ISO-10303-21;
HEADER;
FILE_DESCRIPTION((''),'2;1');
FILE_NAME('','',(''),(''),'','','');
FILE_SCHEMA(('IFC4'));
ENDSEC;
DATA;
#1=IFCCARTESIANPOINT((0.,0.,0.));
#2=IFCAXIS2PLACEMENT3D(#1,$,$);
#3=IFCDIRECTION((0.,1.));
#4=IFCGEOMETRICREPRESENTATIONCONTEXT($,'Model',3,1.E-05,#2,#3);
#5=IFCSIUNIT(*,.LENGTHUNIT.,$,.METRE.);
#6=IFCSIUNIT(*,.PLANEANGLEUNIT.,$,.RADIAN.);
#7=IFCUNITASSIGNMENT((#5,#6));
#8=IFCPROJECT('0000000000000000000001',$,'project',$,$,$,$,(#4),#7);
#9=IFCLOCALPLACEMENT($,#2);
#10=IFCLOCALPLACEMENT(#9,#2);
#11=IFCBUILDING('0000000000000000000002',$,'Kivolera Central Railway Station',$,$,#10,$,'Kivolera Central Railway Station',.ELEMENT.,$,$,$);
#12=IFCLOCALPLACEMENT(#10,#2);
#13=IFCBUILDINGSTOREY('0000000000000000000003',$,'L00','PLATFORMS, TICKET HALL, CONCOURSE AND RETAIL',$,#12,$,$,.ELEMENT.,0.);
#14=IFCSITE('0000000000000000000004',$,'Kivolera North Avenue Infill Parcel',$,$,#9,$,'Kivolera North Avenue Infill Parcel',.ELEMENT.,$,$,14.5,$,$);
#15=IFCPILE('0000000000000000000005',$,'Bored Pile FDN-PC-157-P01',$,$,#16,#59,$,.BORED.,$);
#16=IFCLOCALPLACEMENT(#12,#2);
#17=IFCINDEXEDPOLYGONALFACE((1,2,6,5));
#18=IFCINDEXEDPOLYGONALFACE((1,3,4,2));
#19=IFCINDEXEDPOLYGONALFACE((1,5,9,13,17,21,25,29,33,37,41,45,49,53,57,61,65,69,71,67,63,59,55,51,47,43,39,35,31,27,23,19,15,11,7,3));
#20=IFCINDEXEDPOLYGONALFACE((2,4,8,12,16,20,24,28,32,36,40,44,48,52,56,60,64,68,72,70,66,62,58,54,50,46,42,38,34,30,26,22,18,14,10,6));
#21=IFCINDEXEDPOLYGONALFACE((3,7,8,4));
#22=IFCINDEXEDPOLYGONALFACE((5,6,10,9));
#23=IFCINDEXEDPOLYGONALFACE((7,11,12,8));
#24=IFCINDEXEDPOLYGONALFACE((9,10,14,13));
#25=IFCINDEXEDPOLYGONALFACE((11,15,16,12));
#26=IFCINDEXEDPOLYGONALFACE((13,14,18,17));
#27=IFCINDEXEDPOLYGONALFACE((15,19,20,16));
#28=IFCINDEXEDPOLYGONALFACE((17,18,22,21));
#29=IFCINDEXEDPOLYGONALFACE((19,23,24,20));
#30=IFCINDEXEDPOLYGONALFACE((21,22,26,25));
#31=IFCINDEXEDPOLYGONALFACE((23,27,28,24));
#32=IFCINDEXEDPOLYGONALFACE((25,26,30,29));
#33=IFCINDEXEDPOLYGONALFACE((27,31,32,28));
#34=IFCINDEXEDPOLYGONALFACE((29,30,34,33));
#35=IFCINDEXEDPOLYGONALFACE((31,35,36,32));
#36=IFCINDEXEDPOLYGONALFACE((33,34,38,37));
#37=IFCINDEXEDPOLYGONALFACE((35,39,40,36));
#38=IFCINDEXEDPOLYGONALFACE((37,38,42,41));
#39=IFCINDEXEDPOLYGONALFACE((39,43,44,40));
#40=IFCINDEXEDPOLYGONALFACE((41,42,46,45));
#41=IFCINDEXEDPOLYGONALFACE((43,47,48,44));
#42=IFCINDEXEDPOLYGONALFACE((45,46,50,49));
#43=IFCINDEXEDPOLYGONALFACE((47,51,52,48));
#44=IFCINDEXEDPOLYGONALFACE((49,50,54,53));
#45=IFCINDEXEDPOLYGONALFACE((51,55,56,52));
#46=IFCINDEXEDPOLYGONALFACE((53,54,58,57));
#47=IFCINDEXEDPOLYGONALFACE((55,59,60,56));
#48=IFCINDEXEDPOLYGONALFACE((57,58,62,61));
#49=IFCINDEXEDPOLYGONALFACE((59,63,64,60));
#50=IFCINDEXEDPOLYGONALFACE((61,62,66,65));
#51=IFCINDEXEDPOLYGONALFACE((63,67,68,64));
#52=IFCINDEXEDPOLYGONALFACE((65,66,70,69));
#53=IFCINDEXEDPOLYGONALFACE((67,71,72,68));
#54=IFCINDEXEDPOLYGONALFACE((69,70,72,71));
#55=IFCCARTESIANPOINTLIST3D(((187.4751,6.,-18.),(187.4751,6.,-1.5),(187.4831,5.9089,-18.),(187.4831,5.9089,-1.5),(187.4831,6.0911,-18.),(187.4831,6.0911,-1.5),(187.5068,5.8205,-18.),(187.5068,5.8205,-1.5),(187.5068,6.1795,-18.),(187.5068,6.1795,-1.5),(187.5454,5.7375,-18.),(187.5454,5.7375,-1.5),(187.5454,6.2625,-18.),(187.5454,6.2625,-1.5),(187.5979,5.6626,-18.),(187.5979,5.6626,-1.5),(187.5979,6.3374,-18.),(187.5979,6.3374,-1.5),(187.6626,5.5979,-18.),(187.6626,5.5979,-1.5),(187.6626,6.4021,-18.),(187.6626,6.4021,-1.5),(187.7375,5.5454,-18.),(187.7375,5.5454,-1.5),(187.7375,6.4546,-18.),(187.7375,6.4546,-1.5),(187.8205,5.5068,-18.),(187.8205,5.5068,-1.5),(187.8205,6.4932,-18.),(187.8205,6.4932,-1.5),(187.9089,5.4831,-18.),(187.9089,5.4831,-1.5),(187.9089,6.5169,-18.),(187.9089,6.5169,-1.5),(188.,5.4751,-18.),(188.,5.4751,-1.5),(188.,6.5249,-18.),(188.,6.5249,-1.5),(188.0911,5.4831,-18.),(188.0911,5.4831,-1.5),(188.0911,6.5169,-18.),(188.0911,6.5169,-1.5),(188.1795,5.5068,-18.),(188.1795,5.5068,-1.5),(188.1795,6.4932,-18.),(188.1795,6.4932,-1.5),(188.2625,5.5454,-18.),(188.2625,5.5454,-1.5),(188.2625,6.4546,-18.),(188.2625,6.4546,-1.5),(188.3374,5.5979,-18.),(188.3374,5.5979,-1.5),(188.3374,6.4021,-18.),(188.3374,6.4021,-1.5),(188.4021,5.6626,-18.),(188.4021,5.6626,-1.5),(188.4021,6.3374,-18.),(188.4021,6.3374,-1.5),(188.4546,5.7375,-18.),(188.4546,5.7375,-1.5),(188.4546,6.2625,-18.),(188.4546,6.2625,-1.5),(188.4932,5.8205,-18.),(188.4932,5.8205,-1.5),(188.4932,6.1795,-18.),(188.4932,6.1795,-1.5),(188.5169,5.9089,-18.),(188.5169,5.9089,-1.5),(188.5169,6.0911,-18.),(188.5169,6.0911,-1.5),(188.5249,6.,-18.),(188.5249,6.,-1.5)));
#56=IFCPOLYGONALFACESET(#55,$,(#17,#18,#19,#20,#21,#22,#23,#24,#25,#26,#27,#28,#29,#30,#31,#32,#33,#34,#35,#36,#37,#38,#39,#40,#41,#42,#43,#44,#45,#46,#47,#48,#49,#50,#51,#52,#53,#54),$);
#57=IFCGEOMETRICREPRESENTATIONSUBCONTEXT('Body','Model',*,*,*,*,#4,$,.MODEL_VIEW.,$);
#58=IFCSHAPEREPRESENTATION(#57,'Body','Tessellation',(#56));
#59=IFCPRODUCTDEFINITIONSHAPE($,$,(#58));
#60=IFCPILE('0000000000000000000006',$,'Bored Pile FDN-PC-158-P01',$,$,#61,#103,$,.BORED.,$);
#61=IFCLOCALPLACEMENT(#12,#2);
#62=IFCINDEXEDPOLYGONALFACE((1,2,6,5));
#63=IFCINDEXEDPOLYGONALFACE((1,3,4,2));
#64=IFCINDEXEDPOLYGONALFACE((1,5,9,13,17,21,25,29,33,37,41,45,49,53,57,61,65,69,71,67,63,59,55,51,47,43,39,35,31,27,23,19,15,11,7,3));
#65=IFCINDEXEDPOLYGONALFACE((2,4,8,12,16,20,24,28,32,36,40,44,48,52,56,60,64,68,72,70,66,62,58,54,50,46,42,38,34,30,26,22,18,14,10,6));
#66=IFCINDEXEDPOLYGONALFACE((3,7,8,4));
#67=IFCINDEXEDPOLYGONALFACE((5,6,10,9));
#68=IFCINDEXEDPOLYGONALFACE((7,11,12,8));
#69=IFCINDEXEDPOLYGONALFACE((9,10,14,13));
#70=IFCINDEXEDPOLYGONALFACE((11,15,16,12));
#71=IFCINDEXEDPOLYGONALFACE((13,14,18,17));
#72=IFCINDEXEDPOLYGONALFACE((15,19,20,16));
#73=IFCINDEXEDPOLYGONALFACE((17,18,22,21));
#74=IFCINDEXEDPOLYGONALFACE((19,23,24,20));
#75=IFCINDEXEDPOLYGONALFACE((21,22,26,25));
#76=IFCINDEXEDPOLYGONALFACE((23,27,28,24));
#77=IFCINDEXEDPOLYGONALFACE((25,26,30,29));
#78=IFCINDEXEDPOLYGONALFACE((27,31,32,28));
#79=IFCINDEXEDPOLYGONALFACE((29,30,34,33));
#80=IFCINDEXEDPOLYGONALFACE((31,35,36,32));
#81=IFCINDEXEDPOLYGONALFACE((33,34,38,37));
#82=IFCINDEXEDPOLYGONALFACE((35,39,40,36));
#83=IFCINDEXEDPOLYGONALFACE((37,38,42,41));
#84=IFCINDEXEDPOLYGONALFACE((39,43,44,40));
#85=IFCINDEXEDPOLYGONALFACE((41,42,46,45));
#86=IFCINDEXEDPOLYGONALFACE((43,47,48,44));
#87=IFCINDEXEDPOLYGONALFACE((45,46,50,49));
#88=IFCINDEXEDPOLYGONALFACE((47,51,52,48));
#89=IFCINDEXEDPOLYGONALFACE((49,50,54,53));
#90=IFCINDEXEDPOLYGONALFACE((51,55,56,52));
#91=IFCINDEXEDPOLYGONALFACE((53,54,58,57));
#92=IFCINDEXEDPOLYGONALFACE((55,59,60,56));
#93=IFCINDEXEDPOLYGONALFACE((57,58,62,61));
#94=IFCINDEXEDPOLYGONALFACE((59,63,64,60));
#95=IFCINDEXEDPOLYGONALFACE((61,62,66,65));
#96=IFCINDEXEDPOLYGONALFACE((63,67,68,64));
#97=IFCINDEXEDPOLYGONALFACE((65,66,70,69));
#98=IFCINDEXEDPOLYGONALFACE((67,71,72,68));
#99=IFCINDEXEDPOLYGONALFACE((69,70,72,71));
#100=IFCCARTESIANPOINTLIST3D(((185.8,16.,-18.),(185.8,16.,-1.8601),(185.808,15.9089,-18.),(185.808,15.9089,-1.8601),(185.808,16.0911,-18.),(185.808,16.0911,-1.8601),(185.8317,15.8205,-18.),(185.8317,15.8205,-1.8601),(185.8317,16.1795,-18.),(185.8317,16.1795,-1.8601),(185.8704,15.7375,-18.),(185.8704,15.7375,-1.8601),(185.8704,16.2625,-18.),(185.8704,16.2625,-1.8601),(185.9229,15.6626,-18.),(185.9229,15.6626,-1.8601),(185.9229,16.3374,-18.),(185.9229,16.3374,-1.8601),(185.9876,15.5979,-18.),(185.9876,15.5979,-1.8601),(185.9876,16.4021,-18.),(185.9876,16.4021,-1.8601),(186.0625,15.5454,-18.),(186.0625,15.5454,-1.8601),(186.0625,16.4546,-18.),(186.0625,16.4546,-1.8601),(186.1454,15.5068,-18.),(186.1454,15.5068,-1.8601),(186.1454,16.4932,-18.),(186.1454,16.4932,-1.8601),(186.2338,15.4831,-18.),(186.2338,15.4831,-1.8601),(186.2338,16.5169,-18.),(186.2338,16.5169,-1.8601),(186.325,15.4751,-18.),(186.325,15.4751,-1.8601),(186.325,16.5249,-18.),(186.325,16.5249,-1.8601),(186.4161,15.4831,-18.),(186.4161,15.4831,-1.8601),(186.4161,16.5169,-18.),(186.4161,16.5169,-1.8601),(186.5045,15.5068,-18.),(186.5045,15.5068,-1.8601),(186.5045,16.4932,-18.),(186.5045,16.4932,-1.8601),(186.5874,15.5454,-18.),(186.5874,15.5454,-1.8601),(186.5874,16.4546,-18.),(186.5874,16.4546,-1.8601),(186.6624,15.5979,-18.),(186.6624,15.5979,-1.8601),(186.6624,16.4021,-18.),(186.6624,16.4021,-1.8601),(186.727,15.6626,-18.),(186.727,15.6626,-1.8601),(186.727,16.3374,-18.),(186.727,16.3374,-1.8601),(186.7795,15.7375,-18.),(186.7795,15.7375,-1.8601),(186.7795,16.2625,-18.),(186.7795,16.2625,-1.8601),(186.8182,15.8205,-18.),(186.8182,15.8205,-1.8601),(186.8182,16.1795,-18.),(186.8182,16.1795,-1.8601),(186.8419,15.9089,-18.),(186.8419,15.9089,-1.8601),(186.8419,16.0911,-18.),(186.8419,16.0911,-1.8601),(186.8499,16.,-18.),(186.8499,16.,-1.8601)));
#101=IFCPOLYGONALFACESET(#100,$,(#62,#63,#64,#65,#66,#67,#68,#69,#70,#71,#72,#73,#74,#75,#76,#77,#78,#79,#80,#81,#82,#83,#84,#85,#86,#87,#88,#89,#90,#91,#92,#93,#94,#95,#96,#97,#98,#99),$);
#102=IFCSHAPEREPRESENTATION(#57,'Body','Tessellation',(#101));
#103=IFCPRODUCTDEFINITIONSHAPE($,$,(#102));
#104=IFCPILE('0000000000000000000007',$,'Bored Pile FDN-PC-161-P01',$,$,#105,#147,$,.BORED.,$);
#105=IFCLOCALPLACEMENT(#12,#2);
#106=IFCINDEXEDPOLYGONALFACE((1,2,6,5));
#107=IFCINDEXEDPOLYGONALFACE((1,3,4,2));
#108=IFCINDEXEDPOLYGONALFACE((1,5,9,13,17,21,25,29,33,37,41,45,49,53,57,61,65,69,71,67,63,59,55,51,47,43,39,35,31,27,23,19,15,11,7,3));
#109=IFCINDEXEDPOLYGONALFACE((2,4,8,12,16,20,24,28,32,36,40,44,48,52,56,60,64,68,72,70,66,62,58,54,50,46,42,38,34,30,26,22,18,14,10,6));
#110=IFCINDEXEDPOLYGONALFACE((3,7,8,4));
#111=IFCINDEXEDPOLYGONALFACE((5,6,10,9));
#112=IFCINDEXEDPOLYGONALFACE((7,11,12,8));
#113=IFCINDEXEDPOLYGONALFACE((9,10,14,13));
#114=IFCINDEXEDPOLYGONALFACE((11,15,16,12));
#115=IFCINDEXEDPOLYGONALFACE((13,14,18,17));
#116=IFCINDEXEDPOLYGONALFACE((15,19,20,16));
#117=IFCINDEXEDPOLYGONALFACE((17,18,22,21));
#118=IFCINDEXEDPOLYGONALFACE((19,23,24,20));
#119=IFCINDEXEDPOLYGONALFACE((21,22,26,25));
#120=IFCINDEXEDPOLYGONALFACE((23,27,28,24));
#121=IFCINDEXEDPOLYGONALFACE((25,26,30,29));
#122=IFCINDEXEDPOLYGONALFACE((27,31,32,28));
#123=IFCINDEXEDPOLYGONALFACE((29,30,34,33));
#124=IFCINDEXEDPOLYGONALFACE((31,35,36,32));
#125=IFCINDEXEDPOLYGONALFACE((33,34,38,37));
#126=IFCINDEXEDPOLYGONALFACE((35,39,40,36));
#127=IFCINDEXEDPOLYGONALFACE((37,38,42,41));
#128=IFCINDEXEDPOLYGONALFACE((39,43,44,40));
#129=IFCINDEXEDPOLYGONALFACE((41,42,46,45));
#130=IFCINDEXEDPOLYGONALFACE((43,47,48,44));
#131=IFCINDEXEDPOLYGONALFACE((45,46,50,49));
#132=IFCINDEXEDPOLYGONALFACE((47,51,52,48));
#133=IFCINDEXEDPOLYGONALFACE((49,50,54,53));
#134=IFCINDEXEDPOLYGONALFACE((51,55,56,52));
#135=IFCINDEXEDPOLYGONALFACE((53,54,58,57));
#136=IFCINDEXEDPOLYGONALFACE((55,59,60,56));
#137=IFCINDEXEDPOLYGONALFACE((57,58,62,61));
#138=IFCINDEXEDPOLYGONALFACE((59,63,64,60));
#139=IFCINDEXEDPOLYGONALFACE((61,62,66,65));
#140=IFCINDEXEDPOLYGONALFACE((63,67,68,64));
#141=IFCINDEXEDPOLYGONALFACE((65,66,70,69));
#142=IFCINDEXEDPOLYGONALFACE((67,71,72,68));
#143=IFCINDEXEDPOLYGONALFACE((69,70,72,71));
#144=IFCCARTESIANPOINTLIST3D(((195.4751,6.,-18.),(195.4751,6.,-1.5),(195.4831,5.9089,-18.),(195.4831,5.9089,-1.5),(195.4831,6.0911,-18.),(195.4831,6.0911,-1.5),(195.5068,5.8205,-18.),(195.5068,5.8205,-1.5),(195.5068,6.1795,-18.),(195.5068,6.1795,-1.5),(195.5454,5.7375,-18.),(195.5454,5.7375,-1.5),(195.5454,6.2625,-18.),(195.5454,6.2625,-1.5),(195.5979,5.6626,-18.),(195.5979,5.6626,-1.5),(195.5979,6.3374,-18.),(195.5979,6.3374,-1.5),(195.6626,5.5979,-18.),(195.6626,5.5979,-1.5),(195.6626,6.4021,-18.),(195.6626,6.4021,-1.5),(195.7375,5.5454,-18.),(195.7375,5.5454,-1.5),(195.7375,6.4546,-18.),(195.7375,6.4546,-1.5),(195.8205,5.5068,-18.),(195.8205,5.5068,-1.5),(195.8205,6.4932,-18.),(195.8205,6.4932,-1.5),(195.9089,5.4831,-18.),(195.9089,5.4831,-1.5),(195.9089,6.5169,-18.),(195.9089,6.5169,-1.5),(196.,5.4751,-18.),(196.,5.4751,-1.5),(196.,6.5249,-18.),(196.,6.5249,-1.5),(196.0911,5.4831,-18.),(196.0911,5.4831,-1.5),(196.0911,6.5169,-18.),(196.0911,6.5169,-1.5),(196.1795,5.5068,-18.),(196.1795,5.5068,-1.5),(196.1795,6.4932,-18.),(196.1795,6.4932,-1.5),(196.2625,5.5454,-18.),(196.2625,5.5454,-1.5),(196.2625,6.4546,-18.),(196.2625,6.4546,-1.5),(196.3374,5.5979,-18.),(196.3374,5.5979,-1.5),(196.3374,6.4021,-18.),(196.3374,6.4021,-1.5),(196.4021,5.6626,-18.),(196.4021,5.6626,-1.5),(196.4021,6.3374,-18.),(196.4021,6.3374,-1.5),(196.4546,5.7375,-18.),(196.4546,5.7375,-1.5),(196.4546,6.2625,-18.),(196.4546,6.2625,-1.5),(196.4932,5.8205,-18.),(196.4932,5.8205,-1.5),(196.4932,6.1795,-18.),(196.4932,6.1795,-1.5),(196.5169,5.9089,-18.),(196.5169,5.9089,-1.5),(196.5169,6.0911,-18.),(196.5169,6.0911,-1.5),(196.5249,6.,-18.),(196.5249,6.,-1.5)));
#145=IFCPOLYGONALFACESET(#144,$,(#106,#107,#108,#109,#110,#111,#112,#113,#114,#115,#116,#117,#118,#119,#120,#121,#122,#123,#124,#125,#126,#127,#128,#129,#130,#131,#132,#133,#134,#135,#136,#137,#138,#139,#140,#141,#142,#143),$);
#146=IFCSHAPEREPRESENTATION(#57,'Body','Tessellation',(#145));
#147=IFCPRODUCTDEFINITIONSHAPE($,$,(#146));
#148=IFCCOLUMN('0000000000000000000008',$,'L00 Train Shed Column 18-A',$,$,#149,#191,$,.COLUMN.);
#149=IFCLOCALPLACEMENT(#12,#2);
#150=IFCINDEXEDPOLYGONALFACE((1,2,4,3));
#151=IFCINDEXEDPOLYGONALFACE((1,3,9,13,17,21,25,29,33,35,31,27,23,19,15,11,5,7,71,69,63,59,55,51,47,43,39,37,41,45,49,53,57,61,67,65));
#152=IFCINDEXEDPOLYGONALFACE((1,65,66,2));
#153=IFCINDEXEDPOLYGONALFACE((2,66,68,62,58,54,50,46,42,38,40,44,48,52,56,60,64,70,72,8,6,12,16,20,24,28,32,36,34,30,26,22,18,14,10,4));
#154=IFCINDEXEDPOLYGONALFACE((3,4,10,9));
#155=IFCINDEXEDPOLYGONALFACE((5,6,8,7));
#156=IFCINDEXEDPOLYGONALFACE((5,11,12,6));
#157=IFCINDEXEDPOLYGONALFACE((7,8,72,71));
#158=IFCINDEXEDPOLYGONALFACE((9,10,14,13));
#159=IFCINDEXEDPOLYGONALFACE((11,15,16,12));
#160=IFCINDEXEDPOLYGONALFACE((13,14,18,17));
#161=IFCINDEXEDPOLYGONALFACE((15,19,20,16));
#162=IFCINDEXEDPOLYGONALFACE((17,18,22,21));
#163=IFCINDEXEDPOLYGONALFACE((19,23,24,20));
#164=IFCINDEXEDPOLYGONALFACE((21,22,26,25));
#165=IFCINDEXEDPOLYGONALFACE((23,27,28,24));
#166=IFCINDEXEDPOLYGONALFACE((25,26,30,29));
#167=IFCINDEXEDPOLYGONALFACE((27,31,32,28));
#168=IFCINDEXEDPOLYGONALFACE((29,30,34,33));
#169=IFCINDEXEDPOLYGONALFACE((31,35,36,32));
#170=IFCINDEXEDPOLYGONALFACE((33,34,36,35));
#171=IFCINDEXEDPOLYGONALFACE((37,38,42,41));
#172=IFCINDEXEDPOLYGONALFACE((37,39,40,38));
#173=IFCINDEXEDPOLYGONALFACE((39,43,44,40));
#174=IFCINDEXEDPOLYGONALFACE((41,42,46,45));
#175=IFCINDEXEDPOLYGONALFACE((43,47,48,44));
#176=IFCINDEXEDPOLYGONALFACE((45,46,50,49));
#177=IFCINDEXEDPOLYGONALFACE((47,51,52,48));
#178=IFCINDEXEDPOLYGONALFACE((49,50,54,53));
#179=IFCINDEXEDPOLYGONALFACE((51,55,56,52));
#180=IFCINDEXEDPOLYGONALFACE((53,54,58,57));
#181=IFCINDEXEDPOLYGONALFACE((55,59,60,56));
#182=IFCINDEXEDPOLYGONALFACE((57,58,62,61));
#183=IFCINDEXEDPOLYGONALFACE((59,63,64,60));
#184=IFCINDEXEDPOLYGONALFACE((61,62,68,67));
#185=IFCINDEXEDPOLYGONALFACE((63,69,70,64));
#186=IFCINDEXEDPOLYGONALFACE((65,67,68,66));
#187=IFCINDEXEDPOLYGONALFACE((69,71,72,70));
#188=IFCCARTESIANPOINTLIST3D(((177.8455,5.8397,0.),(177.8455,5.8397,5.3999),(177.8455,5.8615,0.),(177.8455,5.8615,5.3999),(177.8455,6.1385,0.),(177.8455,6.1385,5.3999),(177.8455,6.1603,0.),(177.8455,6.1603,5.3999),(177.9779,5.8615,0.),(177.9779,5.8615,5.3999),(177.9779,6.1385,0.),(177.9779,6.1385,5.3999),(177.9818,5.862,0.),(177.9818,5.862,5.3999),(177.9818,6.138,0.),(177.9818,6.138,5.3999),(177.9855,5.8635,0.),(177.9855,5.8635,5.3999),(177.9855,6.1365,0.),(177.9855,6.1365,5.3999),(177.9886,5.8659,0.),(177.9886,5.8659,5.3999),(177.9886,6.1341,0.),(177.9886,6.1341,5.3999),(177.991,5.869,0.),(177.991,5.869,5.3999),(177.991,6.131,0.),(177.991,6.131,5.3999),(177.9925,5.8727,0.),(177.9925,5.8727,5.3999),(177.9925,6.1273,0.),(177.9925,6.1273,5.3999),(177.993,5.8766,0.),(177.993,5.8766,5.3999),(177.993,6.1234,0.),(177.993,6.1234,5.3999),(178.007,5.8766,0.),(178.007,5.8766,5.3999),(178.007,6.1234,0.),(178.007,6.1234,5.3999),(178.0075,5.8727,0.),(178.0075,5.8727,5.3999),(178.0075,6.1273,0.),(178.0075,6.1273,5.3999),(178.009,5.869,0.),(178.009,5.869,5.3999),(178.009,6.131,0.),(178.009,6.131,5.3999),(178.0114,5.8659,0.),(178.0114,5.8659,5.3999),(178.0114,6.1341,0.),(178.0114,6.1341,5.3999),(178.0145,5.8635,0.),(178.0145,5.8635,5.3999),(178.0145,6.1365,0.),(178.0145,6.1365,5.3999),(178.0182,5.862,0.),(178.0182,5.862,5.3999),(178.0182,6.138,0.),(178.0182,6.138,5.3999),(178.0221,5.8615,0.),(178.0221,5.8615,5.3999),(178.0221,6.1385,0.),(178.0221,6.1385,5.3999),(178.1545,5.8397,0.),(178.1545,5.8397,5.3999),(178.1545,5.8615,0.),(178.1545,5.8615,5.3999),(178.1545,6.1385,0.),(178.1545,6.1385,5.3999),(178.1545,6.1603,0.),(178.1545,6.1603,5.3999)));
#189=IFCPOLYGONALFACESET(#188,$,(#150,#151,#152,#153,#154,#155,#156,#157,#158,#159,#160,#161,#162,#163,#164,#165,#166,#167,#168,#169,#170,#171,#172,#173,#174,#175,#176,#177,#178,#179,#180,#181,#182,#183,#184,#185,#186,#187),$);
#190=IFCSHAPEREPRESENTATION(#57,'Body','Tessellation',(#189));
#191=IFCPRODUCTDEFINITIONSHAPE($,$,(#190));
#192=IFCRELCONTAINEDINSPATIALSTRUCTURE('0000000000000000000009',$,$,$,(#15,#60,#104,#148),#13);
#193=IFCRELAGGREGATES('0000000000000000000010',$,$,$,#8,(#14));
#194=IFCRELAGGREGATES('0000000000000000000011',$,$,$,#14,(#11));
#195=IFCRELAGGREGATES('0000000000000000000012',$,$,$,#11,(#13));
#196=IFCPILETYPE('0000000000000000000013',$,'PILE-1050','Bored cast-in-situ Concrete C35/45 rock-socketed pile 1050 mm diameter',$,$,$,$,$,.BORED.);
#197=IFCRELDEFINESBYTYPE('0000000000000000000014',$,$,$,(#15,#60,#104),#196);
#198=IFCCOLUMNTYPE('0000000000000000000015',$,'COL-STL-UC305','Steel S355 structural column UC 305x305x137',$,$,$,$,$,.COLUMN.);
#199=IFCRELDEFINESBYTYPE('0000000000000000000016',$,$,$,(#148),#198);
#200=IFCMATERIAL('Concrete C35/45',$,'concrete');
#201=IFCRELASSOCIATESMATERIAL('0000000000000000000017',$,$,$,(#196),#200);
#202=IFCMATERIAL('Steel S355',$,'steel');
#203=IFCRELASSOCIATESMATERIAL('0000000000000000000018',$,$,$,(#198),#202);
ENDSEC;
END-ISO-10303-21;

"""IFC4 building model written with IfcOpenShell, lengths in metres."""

from ifc_helpers import new_model, si_unit, direction, frame, origin, origin_2d, place, context, subcontext, project, spatial, circle, i_section, extrude, material, material_profile, profile_set, type_object, element, save


model = new_model("IFC4")

# Units and contexts
model_context = context("Model", 3, precision=1e-05, world=origin(), true_north=direction((0.0, 1.0)))
body_context = subcontext(model_context, "Body", "Model", "MODEL_VIEW")
ifc_project = project(units=[si_unit("LENGTHUNIT", "METRE"), si_unit("PLANEANGLEUNIT", "RADIAN")], contexts=[model_context])

# Site, building, storey
site_placement = place(None, origin())
site = spatial("IfcSite", under=ifc_project, at=site_placement, Name="Kivolera North Avenue Infill Parcel", LongName="Kivolera North Avenue Infill Parcel", CompositionType="ELEMENT", RefElevation=14.5)
building_placement = place(site_placement, origin())
building = spatial("IfcBuilding", under=site, at=building_placement, Name="Kivolera Central Railway Station", LongName="Kivolera Central Railway Station", CompositionType="ELEMENT")
storey_placement = place(building_placement, origin())
storey = spatial("IfcBuildingStorey", under=building, at=storey_placement, Name="L00", Description="PLATFORMS, TICKET HALL, CONCOURSE AND RETAIL", CompositionType="ELEMENT", Elevation=0.0)

# Shared definitions
ifc_material_1 = material(Name="Concrete C35/45", Category="concrete")

# Piles
ifc_material_profile_1 = material_profile(ifc_material_1, circle(Radius=0.5249, at=origin_2d()), Name="PILE D1050")
ifc_profile_set_1 = profile_set([ifc_material_profile_1], Name="Concrete C35/45")
pile_type = type_object("IfcPileType", Name="PILE-1050", Description="Bored cast-in-situ Concrete C35/45 rock-socketed pile 1050 mm diameter", PredefinedType="BORED", material=ifc_profile_set_1)
pile_1_placement = place(storey_placement, frame((188.0, 6.0, -1.5), z_axis=(0.0, 0.0, -1.0), x_axis=(1.0, 0.0, 0.0)))
element("IfcPile", 1, at=pile_1_placement, inside=storey, type_object=pile_type, Name="Bored Pile FDN-PC-157-P01", PredefinedType="BORED", context=body_context, shape_type="SweptSolid", body=[
    extrude(circle(Radius=0.5249, at=origin_2d()), origin(), (0.0, 0.0, 1.0), 16.5),
])
pile_2_placement = place(storey_placement, frame((186.325, 16.0, -1.8601), z_axis=(0.0, 0.0, -1.0), x_axis=(1.0, 0.0, 0.0)))
element("IfcPile", 2, at=pile_2_placement, inside=storey, type_object=pile_type, Name="Bored Pile FDN-PC-158-P01", PredefinedType="BORED", context=body_context, shape_type="SweptSolid", body=[
    extrude(circle(Radius=0.5249, at=origin_2d()), origin(), (0.0, 0.0, 1.0), 16.1399),
])
pile_3_placement = place(storey_placement, frame((196.0, 6.0, -1.5), z_axis=(0.0, 0.0, -1.0), x_axis=(1.0, 0.0, 0.0)))
element("IfcPile", 3, at=pile_3_placement, inside=storey, type_object=pile_type, Name="Bored Pile FDN-PC-161-P01", PredefinedType="BORED", context=body_context, shape_type="SweptSolid", body=[
    extrude(circle(Radius=0.5249, at=origin_2d()), origin(), (0.0, 0.0, 1.0), 16.5),
])

# Column
ifc_material_2 = material(Name="Steel S355", Category="steel")
ifc_material_profile_2 = material_profile(ifc_material_2, i_section(OverallWidth=0.3091, OverallDepth=0.3206, WebThickness=0.0139, FlangeThickness=0.0217, FilletRadius=0.0151, at=origin_2d()), Name="UC 305x305x137")
ifc_profile_set_2 = profile_set([ifc_material_profile_2], Name="Steel S355")
column_type_1 = type_object("IfcColumnType", Name="COL-STL-UC305", Description="Steel S355 structural column UC 305x305x137", PredefinedType="COLUMN", material=ifc_profile_set_2)
for number, where, z_axis, x_axis, name in (
    (4, (178.0, 6.0, 0.0), (0.0, 0.0, 1.0), (1.0, 0.0, 0.0), "L00 Train Shed Column 18-A"),
):
    element("IfcColumn", number, at=place(storey_placement, frame(where, z_axis=z_axis, x_axis=x_axis)), inside=storey, type_object=column_type_1, Name=name, PredefinedType="COLUMN", context=body_context, shape_type="SweptSolid", body=[
        extrude(i_section(OverallWidth=0.3091, OverallDepth=0.3206, WebThickness=0.0139, FlangeThickness=0.0217, FilletRadius=0.0151, at=origin_2d()), origin(), (0.0, 0.0, 1.0), 5.3999),
    ])

save(model, "model.ifc")
